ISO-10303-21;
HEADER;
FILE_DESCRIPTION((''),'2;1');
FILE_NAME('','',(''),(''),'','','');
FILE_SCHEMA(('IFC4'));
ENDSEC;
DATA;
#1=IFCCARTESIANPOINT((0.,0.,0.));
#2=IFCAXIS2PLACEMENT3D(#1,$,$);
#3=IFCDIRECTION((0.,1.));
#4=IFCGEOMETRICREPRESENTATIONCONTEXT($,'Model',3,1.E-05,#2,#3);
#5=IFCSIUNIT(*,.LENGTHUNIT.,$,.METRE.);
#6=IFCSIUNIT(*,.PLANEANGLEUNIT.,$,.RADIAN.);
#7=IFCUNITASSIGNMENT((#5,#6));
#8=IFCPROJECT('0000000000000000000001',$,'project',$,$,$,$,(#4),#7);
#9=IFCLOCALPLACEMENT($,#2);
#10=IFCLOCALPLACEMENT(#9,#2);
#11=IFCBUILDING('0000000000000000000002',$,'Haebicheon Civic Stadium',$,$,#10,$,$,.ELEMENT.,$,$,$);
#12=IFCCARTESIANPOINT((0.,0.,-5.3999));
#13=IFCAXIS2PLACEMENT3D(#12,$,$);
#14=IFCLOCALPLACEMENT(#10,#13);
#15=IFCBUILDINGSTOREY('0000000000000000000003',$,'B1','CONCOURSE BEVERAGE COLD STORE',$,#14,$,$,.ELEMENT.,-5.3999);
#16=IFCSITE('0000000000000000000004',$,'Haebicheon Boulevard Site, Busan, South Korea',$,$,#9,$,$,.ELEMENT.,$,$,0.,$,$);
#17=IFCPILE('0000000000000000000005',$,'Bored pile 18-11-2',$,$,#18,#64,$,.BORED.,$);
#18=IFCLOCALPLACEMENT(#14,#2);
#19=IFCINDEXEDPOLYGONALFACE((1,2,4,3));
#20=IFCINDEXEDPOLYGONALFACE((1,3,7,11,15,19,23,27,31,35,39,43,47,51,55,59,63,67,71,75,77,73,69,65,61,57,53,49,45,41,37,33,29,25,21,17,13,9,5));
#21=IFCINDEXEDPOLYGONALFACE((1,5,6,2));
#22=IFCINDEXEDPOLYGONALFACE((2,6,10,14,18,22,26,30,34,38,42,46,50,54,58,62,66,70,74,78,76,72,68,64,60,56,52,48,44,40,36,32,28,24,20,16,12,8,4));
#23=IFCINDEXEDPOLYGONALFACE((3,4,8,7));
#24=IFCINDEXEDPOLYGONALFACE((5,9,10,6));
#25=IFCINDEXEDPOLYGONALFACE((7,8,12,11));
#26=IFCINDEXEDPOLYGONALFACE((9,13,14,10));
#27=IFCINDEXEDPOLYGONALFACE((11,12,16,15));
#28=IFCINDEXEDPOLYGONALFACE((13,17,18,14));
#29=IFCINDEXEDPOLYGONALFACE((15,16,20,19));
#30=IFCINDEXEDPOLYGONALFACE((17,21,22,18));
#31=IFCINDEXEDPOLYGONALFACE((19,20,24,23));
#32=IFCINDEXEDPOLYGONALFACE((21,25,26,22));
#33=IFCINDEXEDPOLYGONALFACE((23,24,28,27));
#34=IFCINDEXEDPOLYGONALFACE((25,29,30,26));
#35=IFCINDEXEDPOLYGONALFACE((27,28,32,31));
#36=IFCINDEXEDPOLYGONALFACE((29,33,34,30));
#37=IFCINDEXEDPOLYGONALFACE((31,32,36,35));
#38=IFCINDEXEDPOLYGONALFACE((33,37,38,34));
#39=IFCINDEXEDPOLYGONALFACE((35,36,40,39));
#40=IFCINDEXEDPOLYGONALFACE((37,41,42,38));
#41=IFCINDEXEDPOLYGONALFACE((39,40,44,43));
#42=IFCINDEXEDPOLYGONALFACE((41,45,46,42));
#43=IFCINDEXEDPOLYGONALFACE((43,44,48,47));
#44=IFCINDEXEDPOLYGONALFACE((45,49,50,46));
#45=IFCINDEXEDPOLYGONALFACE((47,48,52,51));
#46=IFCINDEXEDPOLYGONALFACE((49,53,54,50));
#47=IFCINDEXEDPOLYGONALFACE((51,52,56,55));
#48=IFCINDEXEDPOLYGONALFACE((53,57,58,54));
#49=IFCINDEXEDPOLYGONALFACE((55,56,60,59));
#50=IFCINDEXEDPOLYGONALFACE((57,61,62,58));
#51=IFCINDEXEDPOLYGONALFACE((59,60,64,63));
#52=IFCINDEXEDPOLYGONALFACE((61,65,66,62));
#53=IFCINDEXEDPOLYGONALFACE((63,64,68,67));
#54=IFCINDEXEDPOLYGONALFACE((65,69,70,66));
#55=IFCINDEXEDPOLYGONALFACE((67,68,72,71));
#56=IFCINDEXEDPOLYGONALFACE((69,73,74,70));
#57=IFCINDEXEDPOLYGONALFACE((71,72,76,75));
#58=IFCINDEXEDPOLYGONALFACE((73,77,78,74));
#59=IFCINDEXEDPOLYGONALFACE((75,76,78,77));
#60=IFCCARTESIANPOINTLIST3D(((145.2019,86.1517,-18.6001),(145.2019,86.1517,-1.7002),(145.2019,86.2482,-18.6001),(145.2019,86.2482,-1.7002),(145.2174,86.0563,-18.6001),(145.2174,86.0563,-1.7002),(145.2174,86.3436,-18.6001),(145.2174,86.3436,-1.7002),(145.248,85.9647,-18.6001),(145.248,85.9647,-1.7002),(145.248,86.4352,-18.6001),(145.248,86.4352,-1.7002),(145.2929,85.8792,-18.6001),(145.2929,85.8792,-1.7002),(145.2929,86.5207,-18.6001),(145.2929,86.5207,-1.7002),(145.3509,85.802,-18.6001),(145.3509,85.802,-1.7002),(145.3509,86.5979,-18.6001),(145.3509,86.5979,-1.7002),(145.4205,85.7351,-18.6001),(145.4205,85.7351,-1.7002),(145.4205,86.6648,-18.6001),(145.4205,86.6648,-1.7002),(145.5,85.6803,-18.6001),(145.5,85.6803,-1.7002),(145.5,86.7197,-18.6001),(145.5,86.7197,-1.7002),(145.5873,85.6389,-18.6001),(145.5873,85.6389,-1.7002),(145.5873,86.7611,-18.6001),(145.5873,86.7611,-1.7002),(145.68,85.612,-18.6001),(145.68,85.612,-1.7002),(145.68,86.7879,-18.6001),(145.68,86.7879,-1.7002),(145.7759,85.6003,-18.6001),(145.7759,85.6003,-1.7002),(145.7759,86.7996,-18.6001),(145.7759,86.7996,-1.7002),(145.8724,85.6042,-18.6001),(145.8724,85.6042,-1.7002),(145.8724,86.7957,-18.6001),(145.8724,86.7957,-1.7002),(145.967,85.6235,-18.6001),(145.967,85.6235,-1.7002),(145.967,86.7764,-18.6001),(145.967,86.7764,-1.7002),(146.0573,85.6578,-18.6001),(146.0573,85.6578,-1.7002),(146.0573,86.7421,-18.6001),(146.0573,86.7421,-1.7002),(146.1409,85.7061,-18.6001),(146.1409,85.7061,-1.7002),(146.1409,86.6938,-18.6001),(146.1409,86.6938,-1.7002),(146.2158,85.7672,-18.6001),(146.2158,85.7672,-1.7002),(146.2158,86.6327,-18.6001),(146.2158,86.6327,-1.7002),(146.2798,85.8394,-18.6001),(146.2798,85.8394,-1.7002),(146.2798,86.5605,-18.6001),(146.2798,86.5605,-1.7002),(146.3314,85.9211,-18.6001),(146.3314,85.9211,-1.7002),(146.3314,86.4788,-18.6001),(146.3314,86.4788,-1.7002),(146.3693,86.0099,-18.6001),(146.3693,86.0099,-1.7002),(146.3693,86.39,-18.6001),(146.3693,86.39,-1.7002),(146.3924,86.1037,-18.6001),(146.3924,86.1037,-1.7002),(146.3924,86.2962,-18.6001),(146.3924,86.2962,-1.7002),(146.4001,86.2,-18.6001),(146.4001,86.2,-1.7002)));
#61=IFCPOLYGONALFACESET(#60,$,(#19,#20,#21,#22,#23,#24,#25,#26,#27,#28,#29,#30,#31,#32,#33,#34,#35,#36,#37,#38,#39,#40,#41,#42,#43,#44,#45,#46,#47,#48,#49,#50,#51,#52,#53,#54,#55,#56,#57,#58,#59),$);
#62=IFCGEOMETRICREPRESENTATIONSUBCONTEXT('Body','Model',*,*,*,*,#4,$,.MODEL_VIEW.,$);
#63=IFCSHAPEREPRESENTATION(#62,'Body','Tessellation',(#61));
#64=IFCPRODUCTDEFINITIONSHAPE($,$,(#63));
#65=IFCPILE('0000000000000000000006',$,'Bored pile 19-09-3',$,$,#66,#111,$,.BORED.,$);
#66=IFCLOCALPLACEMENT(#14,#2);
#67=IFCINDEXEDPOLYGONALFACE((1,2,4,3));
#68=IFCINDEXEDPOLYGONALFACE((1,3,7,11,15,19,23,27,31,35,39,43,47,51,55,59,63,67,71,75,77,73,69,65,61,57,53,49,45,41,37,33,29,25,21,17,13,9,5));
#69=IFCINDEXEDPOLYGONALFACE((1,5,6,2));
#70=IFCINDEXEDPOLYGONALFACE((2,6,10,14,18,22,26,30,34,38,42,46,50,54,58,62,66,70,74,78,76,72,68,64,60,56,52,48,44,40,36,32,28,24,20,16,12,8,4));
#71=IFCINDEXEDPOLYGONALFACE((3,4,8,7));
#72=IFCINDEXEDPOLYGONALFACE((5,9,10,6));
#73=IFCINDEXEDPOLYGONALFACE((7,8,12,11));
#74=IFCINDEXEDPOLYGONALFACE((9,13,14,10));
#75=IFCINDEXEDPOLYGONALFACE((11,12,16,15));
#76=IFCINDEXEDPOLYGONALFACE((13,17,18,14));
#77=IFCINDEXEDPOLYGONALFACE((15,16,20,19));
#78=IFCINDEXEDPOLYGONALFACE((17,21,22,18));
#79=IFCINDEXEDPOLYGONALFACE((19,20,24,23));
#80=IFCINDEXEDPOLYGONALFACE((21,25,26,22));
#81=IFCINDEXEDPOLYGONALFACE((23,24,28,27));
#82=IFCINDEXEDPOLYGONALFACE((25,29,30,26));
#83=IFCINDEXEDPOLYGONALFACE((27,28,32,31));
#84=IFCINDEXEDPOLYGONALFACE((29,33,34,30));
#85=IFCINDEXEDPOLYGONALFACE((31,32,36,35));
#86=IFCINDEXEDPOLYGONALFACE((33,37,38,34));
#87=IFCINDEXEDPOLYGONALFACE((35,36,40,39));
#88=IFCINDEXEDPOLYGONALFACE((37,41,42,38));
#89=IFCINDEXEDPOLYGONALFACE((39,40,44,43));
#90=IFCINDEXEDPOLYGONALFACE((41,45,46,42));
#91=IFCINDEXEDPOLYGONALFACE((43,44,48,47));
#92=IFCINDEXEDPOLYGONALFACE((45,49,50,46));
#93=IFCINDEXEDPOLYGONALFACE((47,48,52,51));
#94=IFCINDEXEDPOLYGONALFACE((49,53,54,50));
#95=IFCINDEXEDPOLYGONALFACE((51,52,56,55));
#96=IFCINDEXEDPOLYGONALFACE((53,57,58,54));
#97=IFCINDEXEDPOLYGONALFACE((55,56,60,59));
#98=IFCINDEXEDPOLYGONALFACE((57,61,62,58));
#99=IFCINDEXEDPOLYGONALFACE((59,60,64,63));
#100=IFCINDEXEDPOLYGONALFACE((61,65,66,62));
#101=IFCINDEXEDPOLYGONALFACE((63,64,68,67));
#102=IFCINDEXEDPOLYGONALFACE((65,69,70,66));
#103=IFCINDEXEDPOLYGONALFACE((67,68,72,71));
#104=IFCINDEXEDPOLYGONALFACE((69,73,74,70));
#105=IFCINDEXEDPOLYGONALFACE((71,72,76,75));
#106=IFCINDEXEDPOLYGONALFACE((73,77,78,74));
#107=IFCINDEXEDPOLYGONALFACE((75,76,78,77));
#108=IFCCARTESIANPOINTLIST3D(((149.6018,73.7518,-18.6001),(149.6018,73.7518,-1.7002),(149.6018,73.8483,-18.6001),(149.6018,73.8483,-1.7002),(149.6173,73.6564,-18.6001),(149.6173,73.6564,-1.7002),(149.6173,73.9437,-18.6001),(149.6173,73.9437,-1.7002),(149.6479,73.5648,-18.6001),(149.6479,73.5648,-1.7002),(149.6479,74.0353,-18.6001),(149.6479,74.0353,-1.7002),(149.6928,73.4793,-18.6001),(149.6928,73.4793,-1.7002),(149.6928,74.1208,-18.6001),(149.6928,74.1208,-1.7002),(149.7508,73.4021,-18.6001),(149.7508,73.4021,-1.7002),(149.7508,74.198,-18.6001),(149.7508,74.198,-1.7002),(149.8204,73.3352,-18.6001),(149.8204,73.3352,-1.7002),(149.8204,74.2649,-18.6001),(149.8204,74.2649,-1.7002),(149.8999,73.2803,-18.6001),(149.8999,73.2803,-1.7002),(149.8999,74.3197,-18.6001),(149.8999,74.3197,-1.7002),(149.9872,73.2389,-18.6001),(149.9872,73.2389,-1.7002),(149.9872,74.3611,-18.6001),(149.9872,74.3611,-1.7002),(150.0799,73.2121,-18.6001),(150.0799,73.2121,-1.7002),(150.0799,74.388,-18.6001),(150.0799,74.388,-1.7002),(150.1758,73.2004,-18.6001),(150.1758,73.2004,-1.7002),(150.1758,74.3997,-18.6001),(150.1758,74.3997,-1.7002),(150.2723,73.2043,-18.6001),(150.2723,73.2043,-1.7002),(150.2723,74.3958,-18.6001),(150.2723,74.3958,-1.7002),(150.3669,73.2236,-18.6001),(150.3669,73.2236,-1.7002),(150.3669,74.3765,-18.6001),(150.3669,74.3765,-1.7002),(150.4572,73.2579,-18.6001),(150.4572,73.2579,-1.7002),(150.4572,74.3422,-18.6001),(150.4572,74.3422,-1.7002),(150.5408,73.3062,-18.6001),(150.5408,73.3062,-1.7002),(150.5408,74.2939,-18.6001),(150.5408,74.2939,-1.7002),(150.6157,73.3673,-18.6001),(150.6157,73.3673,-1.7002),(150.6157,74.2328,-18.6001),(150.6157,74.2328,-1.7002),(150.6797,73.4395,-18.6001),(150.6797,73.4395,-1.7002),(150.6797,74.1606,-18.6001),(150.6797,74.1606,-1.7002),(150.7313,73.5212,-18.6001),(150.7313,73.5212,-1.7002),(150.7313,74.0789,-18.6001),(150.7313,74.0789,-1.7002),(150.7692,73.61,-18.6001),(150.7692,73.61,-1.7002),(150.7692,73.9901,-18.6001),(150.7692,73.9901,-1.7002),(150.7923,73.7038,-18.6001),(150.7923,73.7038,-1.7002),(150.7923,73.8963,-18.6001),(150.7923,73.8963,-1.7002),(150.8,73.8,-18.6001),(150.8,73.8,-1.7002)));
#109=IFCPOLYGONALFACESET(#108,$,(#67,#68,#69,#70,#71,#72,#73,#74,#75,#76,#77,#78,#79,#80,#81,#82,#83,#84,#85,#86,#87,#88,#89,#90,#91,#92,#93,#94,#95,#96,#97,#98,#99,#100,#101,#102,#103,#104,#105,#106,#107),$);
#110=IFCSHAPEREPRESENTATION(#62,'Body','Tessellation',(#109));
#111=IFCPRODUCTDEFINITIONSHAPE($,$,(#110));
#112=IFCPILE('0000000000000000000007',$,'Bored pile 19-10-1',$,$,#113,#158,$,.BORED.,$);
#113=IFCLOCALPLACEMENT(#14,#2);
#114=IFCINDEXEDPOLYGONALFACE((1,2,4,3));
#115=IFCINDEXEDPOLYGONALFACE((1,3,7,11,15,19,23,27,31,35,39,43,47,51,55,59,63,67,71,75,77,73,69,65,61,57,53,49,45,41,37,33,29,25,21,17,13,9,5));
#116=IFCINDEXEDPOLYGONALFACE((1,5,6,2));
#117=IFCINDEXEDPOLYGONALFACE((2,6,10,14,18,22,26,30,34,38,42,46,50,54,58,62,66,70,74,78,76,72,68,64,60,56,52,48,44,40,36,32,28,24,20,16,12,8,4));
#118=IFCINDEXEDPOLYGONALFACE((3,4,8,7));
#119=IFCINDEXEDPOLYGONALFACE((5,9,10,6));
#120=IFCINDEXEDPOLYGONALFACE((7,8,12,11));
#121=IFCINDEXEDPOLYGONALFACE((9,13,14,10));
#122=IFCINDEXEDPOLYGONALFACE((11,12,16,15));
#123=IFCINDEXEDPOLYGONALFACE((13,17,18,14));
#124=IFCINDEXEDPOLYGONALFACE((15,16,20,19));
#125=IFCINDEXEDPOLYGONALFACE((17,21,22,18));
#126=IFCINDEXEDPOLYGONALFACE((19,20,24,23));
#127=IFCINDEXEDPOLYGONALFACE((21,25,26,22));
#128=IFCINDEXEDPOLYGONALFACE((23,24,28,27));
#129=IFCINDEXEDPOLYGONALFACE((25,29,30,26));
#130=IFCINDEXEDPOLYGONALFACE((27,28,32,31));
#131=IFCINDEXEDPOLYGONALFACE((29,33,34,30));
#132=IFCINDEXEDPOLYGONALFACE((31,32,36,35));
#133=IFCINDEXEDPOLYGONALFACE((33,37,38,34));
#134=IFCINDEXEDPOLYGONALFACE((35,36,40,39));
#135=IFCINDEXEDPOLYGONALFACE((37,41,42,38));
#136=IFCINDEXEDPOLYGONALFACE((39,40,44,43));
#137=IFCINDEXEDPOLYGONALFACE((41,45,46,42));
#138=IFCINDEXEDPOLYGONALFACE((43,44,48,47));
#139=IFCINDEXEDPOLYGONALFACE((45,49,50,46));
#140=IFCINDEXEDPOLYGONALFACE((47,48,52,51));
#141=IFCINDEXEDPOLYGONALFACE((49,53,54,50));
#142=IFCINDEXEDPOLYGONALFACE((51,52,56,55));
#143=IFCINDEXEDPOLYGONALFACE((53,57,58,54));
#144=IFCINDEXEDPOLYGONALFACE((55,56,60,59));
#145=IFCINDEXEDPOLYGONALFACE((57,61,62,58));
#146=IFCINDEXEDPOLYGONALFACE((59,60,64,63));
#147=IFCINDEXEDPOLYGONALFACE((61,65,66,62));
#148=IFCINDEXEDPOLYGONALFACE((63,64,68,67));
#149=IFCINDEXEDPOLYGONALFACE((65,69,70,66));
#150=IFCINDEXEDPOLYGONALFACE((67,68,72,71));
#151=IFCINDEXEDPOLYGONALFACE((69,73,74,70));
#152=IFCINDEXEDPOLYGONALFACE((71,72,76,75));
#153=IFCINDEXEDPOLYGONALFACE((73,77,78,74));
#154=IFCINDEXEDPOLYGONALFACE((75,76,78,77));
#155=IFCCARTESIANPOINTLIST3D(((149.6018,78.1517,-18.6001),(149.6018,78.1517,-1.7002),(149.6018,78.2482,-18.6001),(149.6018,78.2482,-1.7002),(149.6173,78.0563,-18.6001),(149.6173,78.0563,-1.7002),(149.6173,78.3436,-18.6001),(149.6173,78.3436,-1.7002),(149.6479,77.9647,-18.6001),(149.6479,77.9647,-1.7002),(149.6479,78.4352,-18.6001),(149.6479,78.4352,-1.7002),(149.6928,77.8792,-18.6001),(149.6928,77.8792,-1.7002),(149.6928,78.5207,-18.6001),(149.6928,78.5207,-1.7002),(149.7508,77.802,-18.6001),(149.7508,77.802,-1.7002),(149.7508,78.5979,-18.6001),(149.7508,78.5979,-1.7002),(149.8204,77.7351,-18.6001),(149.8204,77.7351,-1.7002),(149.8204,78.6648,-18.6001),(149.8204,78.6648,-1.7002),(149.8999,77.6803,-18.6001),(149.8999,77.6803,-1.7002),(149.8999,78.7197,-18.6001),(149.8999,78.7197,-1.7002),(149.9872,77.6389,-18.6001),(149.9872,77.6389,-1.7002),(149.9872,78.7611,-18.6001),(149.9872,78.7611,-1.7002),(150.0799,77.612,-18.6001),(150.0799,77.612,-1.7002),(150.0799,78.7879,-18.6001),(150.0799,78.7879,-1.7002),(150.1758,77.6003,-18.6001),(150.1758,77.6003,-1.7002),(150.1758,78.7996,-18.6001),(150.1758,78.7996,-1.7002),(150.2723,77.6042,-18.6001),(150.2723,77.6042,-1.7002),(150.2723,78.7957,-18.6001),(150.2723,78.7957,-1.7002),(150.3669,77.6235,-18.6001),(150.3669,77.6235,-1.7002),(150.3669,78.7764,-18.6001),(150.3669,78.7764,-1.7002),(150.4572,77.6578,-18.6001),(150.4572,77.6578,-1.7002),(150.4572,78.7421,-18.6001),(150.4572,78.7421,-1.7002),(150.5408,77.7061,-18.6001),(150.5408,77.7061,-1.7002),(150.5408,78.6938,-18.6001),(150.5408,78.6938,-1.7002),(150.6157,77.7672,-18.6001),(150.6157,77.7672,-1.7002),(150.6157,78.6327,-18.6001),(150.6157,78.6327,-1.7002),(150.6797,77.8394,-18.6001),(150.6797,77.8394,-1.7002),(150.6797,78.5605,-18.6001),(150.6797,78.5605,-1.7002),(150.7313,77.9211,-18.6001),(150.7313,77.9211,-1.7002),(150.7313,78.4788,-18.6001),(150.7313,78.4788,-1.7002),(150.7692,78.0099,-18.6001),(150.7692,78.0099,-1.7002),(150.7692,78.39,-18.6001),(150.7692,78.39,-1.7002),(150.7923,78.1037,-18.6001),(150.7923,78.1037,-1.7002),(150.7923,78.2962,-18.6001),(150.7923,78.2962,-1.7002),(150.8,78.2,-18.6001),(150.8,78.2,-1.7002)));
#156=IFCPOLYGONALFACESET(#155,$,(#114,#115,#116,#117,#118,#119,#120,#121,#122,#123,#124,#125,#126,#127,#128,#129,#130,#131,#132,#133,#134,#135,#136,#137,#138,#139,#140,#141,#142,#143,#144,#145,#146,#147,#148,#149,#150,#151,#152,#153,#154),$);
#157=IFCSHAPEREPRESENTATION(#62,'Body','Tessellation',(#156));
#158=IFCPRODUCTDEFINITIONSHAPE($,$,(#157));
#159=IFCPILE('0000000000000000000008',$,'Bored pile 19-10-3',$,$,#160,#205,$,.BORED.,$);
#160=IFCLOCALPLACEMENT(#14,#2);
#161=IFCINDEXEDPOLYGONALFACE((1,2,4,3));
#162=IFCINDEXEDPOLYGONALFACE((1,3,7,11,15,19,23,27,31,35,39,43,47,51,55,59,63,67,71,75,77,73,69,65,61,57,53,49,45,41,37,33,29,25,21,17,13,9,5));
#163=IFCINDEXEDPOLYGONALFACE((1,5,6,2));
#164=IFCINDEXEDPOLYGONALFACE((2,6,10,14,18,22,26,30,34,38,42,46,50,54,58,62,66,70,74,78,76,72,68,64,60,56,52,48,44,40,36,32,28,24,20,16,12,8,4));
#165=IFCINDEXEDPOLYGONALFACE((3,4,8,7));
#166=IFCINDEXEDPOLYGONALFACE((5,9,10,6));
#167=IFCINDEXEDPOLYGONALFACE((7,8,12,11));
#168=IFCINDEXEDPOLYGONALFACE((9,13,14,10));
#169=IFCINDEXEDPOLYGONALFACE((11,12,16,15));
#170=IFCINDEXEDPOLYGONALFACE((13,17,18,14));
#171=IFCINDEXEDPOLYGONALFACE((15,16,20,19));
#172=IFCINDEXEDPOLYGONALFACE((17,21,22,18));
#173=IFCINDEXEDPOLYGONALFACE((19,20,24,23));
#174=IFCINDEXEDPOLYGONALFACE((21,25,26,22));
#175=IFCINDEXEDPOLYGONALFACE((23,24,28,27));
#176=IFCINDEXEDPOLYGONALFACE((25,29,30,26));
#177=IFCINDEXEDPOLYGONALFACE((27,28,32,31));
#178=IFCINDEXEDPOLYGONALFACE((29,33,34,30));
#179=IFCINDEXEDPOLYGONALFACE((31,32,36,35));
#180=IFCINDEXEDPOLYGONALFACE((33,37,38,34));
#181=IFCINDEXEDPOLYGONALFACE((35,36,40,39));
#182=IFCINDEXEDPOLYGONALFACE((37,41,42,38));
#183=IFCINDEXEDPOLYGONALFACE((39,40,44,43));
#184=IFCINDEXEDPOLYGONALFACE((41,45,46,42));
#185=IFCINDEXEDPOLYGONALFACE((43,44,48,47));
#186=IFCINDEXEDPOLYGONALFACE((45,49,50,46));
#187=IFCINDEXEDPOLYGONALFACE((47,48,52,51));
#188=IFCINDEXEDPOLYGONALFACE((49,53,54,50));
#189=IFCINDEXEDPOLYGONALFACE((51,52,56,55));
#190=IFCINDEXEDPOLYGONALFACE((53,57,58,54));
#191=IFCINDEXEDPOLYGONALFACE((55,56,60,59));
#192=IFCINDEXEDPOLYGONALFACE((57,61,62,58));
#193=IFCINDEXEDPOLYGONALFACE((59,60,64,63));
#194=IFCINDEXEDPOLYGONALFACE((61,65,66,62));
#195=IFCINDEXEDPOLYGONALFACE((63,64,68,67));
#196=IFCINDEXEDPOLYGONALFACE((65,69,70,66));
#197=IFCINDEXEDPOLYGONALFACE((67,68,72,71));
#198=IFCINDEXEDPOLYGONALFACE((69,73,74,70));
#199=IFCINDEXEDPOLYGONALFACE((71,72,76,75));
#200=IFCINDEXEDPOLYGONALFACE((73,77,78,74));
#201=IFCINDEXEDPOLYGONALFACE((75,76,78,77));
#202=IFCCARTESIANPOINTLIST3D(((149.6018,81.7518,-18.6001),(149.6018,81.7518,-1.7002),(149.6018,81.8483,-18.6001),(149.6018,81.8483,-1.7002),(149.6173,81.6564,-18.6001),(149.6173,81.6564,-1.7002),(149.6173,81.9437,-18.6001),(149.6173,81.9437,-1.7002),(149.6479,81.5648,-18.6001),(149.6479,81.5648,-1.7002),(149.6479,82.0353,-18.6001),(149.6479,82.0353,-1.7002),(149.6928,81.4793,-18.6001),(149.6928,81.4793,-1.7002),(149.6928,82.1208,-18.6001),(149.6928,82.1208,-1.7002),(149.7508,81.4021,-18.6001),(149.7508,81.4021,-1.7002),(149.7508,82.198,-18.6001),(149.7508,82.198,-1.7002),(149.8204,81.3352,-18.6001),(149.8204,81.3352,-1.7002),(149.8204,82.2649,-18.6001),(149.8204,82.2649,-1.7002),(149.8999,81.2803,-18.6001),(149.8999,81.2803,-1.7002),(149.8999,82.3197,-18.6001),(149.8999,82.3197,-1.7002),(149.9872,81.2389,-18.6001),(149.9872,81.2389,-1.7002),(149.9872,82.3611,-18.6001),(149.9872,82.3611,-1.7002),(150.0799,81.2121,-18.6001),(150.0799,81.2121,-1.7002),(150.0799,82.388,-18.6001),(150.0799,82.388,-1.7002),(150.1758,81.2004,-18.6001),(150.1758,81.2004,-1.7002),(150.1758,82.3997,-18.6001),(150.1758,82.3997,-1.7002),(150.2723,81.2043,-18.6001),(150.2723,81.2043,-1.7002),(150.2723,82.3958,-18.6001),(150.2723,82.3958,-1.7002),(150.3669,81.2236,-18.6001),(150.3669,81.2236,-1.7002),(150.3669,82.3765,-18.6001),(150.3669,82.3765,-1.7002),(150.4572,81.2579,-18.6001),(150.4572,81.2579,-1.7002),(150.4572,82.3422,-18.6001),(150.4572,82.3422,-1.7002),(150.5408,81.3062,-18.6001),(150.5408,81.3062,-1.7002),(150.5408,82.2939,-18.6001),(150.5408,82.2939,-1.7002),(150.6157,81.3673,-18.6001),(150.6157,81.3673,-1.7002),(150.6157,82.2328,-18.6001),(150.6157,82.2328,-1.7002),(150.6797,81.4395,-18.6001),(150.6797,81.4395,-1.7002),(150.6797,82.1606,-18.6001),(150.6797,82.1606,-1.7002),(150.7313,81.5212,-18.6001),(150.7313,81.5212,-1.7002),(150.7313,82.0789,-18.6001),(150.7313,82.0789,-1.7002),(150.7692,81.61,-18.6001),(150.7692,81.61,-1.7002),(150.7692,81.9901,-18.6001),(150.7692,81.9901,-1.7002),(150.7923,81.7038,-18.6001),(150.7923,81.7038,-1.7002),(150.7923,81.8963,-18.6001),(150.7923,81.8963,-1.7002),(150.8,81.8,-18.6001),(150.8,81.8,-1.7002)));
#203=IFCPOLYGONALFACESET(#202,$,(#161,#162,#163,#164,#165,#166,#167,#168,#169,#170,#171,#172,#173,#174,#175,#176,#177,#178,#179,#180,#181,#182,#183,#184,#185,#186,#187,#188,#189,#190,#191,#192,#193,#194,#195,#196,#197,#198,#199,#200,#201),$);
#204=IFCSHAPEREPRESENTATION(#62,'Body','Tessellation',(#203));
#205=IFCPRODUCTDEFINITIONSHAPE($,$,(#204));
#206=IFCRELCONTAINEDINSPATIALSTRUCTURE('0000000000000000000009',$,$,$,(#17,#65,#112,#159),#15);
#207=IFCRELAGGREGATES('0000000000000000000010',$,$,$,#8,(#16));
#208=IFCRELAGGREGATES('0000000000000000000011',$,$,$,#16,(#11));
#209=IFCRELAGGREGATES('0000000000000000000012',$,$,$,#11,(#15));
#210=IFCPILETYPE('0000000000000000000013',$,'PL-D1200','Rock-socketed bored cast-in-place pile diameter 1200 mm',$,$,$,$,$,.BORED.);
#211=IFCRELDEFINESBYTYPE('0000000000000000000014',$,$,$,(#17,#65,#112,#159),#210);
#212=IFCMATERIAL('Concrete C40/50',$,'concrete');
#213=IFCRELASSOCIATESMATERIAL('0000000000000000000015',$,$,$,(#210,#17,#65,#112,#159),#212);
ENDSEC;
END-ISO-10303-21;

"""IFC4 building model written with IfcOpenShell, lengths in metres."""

from ifc_helpers import new_model, si_unit, direction, frame, origin, origin_2d, place, context, subcontext, project, spatial, circle, extrude, material, material_profile, profile_set, type_object, element, save


model = new_model("IFC4")

# Units and contexts
model_context = context("Model", 3, precision=1e-05, world=origin(), true_north=direction((0.0, 1.0)))
body_context = subcontext(model_context, "Body", "Model", "MODEL_VIEW")
ifc_project = project(units=[si_unit("LENGTHUNIT", "METRE"), si_unit("PLANEANGLEUNIT", "RADIAN")], contexts=[model_context])

# Site, building, storey
site_placement = place(None, origin())
site = spatial("IfcSite", under=ifc_project, at=site_placement, Name="Haebicheon Boulevard Site, Busan, South Korea", CompositionType="ELEMENT", RefElevation=0.0)
building_placement = place(site_placement, origin())
building = spatial("IfcBuilding", under=site, at=building_placement, Name="Haebicheon Civic Stadium", CompositionType="ELEMENT")
storey_placement = place(building_placement, frame((0.0, 0.0, -5.3999)))
storey = spatial("IfcBuildingStorey", under=building, at=storey_placement, Name="B1", Description="CONCOURSE BEVERAGE COLD STORE", CompositionType="ELEMENT", Elevation=-5.3999)

# Piles
ifc_material_1 = material(Name="Concrete C40/50", Category="concrete")
ifc_material_profile_1 = material_profile(ifc_material_1, circle(Radius=0.6001, at=origin_2d()), Name="PILE-D1200")
ifc_profile_set_1 = profile_set([ifc_material_profile_1], Name="Concrete C40/50")
pile_type = type_object("IfcPileType", Name="PL-D1200", Description="Rock-socketed bored cast-in-place pile diameter 1200 mm", PredefinedType="BORED", material=ifc_profile_set_1)
for number, where, z_axis, x_axis, name in (
    (1, (145.8, 86.2, -1.7002), (0.0, 0.0, -1.0), (1.0, 0.0, 0.0), "Bored pile 18-11-2"),
    (2, (150.2, 73.8, -1.7002), (0.0, 0.0, -1.0), (1.0, 0.0, 0.0), "Bored pile 19-09-3"),
    (3, (150.2, 78.2, -1.7002), (0.0, 0.0, -1.0), (1.0, 0.0, 0.0), "Bored pile 19-10-1"),
    (4, (150.2, 81.8, -1.7002), (0.0, 0.0, -1.0), (1.0, 0.0, 0.0), "Bored pile 19-10-3"),
):
    element("IfcPile", number, at=place(storey_placement, frame(where, z_axis=z_axis, x_axis=x_axis)), inside=storey, type_object=pile_type, material=ifc_profile_set_1, Name=name, PredefinedType="BORED", context=body_context, shape_type="SweptSolid", body=[
        extrude(circle(Radius=0.6001, at=origin_2d()), origin(), (0.0, 0.0, 1.0), 16.8999),
    ])

save(model, "model.ifc")
